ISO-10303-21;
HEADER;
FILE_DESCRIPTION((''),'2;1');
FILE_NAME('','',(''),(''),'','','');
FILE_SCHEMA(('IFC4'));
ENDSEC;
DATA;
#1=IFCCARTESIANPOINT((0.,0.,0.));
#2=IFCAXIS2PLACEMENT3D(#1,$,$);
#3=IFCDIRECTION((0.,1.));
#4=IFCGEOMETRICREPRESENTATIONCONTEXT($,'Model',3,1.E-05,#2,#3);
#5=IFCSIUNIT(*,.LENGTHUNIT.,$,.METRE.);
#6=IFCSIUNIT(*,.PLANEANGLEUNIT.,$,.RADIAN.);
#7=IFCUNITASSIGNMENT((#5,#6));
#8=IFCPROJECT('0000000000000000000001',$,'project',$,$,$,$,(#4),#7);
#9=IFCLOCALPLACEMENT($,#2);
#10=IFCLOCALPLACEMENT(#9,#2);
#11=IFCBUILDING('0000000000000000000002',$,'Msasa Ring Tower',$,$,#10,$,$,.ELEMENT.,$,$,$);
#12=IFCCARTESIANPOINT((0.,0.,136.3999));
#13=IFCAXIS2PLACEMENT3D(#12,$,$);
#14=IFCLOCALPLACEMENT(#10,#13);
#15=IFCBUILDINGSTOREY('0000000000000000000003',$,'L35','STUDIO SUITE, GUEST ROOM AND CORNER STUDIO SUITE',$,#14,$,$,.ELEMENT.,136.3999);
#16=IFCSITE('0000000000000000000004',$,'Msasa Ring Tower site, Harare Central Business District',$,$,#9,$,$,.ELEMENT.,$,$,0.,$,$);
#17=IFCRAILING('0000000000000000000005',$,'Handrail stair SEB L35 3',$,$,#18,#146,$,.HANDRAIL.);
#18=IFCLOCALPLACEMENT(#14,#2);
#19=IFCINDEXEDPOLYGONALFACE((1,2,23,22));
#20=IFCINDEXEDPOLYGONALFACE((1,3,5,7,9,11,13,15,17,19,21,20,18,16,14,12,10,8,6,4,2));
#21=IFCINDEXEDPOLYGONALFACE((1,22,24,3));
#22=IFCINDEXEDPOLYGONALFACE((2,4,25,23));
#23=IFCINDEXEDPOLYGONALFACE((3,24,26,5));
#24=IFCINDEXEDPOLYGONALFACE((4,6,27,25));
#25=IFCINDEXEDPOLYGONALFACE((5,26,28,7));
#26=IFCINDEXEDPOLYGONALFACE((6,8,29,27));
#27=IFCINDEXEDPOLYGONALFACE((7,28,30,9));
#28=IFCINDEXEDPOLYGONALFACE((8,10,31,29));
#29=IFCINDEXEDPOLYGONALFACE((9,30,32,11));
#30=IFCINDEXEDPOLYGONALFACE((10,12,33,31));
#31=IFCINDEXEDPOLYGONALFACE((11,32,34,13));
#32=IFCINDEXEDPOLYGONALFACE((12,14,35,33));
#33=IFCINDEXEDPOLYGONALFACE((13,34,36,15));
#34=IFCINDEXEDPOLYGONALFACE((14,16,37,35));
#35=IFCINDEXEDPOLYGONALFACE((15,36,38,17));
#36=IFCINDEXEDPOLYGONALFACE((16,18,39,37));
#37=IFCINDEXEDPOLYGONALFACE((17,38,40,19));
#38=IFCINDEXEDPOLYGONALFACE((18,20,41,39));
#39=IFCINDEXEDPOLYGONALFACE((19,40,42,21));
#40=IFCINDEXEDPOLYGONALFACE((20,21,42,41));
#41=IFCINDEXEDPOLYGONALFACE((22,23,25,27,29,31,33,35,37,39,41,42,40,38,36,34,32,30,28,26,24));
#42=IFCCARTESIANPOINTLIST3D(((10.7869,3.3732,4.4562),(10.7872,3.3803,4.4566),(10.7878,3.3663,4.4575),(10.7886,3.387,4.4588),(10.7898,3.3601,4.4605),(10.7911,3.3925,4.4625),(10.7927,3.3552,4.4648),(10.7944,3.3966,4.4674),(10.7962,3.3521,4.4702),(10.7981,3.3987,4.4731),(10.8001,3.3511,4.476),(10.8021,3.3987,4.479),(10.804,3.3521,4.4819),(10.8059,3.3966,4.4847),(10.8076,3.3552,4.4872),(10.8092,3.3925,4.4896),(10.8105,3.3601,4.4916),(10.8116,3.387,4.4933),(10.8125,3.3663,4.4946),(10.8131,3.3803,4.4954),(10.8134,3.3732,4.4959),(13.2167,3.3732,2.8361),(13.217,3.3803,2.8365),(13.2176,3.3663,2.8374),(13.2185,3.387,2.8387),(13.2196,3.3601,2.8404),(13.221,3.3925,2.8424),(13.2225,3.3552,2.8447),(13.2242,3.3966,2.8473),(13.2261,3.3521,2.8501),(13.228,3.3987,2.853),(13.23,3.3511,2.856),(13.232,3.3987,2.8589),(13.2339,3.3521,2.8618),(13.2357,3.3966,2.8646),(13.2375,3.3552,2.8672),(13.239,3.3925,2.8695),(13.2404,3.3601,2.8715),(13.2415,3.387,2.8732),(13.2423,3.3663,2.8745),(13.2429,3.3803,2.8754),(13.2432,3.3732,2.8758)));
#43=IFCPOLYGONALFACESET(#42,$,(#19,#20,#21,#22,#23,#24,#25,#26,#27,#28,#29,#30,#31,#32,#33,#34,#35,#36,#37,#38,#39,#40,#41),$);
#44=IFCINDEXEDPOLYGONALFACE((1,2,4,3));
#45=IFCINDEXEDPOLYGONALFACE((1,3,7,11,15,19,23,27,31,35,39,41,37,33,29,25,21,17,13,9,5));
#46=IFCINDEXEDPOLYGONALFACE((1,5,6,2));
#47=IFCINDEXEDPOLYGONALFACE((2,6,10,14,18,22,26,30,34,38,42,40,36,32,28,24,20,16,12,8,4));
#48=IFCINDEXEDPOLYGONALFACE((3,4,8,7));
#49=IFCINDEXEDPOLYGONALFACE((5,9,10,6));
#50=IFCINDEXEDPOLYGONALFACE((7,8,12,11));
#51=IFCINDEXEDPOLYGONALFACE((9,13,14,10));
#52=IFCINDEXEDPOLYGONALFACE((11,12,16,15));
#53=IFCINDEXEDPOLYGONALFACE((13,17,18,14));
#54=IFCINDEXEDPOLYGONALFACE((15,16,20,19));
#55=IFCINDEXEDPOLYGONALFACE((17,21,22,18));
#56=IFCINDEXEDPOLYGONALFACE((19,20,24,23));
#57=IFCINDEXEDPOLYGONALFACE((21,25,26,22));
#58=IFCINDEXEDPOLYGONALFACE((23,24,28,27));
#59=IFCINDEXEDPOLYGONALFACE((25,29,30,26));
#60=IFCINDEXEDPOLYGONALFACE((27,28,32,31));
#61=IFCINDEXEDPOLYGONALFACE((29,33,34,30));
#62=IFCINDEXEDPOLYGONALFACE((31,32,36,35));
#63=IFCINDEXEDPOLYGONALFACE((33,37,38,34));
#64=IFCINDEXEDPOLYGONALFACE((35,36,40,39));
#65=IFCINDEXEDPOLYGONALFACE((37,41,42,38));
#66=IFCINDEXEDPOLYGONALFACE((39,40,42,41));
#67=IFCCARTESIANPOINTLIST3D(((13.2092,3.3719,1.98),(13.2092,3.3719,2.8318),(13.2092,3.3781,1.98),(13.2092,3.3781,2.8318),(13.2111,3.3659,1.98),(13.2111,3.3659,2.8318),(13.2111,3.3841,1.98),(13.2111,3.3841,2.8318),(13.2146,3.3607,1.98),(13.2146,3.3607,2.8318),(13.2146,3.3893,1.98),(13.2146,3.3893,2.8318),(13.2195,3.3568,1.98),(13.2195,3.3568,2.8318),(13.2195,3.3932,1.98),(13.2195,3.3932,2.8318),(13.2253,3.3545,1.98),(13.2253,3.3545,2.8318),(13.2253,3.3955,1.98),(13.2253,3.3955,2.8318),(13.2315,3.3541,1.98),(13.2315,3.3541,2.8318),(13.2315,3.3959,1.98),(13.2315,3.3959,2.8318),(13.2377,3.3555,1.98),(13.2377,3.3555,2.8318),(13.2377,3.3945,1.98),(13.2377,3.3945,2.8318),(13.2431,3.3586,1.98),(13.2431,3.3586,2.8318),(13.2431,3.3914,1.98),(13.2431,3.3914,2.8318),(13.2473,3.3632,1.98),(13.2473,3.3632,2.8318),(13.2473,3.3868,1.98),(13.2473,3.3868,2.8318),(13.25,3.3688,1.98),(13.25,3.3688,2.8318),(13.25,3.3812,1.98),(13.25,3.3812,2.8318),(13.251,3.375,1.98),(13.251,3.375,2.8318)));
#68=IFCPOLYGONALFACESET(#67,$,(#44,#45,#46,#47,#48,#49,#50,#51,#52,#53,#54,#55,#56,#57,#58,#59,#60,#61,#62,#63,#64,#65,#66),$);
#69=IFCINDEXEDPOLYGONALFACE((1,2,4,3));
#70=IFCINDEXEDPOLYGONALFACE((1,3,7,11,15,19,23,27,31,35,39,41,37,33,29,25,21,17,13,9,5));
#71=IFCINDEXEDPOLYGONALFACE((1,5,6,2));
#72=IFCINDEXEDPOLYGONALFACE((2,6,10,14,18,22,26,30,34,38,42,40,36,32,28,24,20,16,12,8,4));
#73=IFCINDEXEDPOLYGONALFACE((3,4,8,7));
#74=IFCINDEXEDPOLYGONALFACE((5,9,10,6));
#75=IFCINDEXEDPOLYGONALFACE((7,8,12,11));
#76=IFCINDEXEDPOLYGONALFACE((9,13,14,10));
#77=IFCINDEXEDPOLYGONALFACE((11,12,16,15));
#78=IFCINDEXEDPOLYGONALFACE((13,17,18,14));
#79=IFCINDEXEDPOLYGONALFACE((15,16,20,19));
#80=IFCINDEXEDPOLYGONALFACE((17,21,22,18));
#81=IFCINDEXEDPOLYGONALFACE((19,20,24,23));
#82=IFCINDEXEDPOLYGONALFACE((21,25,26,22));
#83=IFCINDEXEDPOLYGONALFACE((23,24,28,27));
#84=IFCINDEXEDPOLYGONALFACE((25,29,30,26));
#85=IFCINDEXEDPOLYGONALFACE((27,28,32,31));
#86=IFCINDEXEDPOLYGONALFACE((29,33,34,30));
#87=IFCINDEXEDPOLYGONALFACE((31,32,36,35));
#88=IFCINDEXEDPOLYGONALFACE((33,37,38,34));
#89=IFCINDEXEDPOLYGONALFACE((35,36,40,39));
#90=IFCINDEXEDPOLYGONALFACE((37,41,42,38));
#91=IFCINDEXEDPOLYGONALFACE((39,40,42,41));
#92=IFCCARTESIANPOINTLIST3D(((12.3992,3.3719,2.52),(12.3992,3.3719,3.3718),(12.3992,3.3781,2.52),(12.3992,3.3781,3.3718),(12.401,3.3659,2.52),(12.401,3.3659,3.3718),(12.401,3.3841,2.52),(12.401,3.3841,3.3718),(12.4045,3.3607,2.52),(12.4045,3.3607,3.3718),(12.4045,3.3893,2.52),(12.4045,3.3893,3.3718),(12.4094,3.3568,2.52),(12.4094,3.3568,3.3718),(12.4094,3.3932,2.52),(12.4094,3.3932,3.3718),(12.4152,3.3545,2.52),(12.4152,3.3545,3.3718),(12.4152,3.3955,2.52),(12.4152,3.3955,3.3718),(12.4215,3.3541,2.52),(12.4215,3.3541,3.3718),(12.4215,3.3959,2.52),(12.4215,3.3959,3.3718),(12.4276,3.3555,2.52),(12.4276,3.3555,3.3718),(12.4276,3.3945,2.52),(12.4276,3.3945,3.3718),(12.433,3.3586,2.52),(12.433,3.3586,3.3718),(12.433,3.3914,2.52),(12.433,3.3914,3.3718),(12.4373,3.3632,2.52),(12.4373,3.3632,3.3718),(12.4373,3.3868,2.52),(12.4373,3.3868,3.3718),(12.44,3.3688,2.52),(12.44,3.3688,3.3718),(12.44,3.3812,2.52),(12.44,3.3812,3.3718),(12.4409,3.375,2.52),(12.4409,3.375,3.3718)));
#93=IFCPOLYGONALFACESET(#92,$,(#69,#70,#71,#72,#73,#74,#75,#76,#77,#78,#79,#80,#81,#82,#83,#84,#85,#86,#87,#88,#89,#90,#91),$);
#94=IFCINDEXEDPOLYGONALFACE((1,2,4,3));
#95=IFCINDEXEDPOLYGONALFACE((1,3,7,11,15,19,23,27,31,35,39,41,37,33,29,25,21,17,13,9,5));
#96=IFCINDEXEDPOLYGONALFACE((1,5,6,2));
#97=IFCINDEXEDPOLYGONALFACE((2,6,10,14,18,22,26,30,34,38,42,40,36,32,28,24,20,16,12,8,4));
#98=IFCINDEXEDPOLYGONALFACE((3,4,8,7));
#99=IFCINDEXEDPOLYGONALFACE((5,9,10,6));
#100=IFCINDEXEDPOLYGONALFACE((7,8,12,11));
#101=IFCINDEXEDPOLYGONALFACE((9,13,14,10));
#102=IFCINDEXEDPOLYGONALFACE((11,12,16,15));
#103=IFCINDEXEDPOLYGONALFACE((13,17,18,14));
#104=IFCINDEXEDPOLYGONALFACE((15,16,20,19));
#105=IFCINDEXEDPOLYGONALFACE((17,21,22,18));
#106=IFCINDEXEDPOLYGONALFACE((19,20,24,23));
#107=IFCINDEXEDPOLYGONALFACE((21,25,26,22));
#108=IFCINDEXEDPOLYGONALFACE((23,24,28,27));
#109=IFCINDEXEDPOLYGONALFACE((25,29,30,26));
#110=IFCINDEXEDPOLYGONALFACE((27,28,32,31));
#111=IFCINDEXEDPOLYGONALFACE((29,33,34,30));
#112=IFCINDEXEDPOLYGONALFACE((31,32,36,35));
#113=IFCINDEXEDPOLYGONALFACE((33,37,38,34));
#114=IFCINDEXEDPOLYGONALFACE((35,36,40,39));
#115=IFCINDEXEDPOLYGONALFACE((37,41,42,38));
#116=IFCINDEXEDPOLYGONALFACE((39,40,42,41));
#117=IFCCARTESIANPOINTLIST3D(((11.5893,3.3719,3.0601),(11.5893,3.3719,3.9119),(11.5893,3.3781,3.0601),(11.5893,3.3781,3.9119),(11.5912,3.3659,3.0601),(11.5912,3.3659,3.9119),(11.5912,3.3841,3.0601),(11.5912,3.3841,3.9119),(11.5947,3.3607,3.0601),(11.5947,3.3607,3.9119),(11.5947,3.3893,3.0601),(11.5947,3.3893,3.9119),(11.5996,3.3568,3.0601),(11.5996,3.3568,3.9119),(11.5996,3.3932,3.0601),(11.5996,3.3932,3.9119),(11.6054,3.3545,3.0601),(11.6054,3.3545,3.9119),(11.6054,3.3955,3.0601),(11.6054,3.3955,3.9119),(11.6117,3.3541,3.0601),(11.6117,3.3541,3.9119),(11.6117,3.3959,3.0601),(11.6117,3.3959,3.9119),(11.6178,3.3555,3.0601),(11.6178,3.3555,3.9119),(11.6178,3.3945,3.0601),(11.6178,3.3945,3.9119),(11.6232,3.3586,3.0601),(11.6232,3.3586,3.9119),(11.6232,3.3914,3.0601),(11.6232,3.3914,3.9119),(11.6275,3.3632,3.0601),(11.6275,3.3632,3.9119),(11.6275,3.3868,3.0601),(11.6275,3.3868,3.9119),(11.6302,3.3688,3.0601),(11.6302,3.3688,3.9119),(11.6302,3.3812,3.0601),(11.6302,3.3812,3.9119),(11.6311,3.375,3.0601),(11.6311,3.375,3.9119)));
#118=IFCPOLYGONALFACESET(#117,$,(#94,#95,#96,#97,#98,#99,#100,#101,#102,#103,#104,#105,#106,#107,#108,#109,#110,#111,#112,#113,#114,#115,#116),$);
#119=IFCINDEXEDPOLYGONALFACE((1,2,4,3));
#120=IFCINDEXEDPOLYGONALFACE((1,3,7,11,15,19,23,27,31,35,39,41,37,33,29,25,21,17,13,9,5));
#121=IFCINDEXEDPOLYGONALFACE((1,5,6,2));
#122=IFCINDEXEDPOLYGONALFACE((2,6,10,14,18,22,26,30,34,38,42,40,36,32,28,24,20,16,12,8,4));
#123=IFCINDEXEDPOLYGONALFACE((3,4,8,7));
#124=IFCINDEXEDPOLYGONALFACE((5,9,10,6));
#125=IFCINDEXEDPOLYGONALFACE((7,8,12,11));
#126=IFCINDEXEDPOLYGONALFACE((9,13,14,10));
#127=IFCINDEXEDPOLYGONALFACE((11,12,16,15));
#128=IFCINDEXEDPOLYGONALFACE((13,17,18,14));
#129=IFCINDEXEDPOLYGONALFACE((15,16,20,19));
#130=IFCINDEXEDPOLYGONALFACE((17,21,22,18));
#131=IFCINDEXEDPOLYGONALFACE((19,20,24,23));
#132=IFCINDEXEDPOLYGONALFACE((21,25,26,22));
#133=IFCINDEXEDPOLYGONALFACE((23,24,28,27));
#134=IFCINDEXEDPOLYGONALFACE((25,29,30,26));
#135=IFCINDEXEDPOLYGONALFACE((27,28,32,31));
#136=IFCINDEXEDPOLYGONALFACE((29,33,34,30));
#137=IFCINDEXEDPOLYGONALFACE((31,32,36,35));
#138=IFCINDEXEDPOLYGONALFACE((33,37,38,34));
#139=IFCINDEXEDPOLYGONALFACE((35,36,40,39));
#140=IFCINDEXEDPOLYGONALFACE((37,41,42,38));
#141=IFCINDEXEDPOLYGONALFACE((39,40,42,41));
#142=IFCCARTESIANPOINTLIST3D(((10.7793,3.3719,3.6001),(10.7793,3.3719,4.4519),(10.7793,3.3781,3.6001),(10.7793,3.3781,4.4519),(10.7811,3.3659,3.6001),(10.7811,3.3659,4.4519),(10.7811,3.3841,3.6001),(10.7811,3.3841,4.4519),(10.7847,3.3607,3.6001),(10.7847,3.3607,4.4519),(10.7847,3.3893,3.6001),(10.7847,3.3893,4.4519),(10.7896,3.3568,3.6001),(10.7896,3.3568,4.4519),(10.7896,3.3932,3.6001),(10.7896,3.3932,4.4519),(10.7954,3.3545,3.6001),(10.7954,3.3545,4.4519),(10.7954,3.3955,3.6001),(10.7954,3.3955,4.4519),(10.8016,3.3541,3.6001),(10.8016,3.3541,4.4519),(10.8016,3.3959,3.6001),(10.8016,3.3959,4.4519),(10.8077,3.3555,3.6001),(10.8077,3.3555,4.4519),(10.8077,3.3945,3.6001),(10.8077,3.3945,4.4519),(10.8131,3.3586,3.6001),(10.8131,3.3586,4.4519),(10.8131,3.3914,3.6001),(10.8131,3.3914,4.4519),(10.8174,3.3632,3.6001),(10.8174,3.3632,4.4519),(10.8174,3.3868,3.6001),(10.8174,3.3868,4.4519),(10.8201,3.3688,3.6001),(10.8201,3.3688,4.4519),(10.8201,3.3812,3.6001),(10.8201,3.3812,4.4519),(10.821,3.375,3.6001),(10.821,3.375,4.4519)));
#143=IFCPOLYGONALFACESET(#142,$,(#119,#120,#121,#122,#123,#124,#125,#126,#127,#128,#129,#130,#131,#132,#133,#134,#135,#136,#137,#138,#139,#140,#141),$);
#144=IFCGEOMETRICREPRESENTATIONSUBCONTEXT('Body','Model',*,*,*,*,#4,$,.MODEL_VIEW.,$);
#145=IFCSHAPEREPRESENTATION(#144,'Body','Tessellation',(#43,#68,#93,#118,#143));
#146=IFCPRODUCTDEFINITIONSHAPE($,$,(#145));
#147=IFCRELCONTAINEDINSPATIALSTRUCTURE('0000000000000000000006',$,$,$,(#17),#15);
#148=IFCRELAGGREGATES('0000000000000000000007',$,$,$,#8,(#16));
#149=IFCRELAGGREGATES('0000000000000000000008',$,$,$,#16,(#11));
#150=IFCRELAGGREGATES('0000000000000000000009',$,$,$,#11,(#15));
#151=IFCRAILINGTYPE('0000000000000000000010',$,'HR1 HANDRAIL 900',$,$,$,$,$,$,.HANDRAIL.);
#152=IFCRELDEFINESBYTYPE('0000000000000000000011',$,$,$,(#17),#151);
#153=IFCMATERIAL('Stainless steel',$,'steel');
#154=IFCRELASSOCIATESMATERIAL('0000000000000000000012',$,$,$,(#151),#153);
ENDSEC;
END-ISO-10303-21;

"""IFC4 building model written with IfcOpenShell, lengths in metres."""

from ifc_helpers import new_model, si_unit, direction, frame, origin, origin_2d, place, context, subcontext, project, spatial, circle, extrude, material, type_object, element, save


model = new_model("IFC4")

# Units and contexts
model_context = context("Model", 3, precision=1e-05, world=origin(), true_north=direction((0.0, 1.0)))
body_context = subcontext(model_context, "Body", "Model", "MODEL_VIEW")
ifc_project = project(units=[si_unit("LENGTHUNIT", "METRE"), si_unit("PLANEANGLEUNIT", "RADIAN")], contexts=[model_context])

# Site, building, storey
site_placement = place(None, origin())
site = spatial("IfcSite", under=ifc_project, at=site_placement, Name="Msasa Ring Tower site, Harare Central Business District", CompositionType="ELEMENT", RefElevation=0.0)
building_placement = place(site_placement, origin())
building = spatial("IfcBuilding", under=site, at=building_placement, Name="Msasa Ring Tower", CompositionType="ELEMENT")
storey_placement = place(building_placement, frame((0.0, 0.0, 136.3999)))
storey = spatial("IfcBuildingStorey", under=building, at=storey_placement, Name="L35", Description="STUDIO SUITE, GUEST ROOM AND CORNER STUDIO SUITE", CompositionType="ELEMENT", Elevation=136.3999)

# Railing
ifc_material_1 = material(Name="Stainless steel", Category="steel")
railing_type = type_object("IfcRailingType", Name="HR1 HANDRAIL 900", PredefinedType="HANDRAIL", material=ifc_material_1)
for number, where, name in (
    (1, (13.23, 3.375, 1.98), "Handrail stair SEB L35 3"),
):
    element("IfcRailing", number, at=place(storey_placement, frame(where)), inside=storey, type_object=railing_type, Name=name, PredefinedType="HANDRAIL", context=body_context, shape_type="SweptSolid", body=[
        extrude(circle(Radius=0.0239, at=origin_2d()), frame((0.0, 0.0, 0.876), z_axis=(-0.832025, 0.0, 0.554739), x_axis=(0.0, -1.0, 0.0)), (0.0, 0.0, 1.0), 2.9204),
        extrude(circle(Radius=0.021, at=origin_2d()), origin(), (0.0, 0.0, 1.0), 0.8518),
        extrude(circle(Radius=0.021, at=origin_2d()), frame((-0.8101, 0.0, 0.54)), (0.0, 0.0, 1.0), 0.8518),
        extrude(circle(Radius=0.021, at=origin_2d()), frame((-1.6199, 0.0, 1.0801)), (0.0, 0.0, 1.0), 0.8518),
        extrude(circle(Radius=0.021, at=origin_2d()), frame((-2.4299, 0.0, 1.6201)), (0.0, 0.0, 1.0), 0.8518),
    ])

save(model, "model.ifc")
